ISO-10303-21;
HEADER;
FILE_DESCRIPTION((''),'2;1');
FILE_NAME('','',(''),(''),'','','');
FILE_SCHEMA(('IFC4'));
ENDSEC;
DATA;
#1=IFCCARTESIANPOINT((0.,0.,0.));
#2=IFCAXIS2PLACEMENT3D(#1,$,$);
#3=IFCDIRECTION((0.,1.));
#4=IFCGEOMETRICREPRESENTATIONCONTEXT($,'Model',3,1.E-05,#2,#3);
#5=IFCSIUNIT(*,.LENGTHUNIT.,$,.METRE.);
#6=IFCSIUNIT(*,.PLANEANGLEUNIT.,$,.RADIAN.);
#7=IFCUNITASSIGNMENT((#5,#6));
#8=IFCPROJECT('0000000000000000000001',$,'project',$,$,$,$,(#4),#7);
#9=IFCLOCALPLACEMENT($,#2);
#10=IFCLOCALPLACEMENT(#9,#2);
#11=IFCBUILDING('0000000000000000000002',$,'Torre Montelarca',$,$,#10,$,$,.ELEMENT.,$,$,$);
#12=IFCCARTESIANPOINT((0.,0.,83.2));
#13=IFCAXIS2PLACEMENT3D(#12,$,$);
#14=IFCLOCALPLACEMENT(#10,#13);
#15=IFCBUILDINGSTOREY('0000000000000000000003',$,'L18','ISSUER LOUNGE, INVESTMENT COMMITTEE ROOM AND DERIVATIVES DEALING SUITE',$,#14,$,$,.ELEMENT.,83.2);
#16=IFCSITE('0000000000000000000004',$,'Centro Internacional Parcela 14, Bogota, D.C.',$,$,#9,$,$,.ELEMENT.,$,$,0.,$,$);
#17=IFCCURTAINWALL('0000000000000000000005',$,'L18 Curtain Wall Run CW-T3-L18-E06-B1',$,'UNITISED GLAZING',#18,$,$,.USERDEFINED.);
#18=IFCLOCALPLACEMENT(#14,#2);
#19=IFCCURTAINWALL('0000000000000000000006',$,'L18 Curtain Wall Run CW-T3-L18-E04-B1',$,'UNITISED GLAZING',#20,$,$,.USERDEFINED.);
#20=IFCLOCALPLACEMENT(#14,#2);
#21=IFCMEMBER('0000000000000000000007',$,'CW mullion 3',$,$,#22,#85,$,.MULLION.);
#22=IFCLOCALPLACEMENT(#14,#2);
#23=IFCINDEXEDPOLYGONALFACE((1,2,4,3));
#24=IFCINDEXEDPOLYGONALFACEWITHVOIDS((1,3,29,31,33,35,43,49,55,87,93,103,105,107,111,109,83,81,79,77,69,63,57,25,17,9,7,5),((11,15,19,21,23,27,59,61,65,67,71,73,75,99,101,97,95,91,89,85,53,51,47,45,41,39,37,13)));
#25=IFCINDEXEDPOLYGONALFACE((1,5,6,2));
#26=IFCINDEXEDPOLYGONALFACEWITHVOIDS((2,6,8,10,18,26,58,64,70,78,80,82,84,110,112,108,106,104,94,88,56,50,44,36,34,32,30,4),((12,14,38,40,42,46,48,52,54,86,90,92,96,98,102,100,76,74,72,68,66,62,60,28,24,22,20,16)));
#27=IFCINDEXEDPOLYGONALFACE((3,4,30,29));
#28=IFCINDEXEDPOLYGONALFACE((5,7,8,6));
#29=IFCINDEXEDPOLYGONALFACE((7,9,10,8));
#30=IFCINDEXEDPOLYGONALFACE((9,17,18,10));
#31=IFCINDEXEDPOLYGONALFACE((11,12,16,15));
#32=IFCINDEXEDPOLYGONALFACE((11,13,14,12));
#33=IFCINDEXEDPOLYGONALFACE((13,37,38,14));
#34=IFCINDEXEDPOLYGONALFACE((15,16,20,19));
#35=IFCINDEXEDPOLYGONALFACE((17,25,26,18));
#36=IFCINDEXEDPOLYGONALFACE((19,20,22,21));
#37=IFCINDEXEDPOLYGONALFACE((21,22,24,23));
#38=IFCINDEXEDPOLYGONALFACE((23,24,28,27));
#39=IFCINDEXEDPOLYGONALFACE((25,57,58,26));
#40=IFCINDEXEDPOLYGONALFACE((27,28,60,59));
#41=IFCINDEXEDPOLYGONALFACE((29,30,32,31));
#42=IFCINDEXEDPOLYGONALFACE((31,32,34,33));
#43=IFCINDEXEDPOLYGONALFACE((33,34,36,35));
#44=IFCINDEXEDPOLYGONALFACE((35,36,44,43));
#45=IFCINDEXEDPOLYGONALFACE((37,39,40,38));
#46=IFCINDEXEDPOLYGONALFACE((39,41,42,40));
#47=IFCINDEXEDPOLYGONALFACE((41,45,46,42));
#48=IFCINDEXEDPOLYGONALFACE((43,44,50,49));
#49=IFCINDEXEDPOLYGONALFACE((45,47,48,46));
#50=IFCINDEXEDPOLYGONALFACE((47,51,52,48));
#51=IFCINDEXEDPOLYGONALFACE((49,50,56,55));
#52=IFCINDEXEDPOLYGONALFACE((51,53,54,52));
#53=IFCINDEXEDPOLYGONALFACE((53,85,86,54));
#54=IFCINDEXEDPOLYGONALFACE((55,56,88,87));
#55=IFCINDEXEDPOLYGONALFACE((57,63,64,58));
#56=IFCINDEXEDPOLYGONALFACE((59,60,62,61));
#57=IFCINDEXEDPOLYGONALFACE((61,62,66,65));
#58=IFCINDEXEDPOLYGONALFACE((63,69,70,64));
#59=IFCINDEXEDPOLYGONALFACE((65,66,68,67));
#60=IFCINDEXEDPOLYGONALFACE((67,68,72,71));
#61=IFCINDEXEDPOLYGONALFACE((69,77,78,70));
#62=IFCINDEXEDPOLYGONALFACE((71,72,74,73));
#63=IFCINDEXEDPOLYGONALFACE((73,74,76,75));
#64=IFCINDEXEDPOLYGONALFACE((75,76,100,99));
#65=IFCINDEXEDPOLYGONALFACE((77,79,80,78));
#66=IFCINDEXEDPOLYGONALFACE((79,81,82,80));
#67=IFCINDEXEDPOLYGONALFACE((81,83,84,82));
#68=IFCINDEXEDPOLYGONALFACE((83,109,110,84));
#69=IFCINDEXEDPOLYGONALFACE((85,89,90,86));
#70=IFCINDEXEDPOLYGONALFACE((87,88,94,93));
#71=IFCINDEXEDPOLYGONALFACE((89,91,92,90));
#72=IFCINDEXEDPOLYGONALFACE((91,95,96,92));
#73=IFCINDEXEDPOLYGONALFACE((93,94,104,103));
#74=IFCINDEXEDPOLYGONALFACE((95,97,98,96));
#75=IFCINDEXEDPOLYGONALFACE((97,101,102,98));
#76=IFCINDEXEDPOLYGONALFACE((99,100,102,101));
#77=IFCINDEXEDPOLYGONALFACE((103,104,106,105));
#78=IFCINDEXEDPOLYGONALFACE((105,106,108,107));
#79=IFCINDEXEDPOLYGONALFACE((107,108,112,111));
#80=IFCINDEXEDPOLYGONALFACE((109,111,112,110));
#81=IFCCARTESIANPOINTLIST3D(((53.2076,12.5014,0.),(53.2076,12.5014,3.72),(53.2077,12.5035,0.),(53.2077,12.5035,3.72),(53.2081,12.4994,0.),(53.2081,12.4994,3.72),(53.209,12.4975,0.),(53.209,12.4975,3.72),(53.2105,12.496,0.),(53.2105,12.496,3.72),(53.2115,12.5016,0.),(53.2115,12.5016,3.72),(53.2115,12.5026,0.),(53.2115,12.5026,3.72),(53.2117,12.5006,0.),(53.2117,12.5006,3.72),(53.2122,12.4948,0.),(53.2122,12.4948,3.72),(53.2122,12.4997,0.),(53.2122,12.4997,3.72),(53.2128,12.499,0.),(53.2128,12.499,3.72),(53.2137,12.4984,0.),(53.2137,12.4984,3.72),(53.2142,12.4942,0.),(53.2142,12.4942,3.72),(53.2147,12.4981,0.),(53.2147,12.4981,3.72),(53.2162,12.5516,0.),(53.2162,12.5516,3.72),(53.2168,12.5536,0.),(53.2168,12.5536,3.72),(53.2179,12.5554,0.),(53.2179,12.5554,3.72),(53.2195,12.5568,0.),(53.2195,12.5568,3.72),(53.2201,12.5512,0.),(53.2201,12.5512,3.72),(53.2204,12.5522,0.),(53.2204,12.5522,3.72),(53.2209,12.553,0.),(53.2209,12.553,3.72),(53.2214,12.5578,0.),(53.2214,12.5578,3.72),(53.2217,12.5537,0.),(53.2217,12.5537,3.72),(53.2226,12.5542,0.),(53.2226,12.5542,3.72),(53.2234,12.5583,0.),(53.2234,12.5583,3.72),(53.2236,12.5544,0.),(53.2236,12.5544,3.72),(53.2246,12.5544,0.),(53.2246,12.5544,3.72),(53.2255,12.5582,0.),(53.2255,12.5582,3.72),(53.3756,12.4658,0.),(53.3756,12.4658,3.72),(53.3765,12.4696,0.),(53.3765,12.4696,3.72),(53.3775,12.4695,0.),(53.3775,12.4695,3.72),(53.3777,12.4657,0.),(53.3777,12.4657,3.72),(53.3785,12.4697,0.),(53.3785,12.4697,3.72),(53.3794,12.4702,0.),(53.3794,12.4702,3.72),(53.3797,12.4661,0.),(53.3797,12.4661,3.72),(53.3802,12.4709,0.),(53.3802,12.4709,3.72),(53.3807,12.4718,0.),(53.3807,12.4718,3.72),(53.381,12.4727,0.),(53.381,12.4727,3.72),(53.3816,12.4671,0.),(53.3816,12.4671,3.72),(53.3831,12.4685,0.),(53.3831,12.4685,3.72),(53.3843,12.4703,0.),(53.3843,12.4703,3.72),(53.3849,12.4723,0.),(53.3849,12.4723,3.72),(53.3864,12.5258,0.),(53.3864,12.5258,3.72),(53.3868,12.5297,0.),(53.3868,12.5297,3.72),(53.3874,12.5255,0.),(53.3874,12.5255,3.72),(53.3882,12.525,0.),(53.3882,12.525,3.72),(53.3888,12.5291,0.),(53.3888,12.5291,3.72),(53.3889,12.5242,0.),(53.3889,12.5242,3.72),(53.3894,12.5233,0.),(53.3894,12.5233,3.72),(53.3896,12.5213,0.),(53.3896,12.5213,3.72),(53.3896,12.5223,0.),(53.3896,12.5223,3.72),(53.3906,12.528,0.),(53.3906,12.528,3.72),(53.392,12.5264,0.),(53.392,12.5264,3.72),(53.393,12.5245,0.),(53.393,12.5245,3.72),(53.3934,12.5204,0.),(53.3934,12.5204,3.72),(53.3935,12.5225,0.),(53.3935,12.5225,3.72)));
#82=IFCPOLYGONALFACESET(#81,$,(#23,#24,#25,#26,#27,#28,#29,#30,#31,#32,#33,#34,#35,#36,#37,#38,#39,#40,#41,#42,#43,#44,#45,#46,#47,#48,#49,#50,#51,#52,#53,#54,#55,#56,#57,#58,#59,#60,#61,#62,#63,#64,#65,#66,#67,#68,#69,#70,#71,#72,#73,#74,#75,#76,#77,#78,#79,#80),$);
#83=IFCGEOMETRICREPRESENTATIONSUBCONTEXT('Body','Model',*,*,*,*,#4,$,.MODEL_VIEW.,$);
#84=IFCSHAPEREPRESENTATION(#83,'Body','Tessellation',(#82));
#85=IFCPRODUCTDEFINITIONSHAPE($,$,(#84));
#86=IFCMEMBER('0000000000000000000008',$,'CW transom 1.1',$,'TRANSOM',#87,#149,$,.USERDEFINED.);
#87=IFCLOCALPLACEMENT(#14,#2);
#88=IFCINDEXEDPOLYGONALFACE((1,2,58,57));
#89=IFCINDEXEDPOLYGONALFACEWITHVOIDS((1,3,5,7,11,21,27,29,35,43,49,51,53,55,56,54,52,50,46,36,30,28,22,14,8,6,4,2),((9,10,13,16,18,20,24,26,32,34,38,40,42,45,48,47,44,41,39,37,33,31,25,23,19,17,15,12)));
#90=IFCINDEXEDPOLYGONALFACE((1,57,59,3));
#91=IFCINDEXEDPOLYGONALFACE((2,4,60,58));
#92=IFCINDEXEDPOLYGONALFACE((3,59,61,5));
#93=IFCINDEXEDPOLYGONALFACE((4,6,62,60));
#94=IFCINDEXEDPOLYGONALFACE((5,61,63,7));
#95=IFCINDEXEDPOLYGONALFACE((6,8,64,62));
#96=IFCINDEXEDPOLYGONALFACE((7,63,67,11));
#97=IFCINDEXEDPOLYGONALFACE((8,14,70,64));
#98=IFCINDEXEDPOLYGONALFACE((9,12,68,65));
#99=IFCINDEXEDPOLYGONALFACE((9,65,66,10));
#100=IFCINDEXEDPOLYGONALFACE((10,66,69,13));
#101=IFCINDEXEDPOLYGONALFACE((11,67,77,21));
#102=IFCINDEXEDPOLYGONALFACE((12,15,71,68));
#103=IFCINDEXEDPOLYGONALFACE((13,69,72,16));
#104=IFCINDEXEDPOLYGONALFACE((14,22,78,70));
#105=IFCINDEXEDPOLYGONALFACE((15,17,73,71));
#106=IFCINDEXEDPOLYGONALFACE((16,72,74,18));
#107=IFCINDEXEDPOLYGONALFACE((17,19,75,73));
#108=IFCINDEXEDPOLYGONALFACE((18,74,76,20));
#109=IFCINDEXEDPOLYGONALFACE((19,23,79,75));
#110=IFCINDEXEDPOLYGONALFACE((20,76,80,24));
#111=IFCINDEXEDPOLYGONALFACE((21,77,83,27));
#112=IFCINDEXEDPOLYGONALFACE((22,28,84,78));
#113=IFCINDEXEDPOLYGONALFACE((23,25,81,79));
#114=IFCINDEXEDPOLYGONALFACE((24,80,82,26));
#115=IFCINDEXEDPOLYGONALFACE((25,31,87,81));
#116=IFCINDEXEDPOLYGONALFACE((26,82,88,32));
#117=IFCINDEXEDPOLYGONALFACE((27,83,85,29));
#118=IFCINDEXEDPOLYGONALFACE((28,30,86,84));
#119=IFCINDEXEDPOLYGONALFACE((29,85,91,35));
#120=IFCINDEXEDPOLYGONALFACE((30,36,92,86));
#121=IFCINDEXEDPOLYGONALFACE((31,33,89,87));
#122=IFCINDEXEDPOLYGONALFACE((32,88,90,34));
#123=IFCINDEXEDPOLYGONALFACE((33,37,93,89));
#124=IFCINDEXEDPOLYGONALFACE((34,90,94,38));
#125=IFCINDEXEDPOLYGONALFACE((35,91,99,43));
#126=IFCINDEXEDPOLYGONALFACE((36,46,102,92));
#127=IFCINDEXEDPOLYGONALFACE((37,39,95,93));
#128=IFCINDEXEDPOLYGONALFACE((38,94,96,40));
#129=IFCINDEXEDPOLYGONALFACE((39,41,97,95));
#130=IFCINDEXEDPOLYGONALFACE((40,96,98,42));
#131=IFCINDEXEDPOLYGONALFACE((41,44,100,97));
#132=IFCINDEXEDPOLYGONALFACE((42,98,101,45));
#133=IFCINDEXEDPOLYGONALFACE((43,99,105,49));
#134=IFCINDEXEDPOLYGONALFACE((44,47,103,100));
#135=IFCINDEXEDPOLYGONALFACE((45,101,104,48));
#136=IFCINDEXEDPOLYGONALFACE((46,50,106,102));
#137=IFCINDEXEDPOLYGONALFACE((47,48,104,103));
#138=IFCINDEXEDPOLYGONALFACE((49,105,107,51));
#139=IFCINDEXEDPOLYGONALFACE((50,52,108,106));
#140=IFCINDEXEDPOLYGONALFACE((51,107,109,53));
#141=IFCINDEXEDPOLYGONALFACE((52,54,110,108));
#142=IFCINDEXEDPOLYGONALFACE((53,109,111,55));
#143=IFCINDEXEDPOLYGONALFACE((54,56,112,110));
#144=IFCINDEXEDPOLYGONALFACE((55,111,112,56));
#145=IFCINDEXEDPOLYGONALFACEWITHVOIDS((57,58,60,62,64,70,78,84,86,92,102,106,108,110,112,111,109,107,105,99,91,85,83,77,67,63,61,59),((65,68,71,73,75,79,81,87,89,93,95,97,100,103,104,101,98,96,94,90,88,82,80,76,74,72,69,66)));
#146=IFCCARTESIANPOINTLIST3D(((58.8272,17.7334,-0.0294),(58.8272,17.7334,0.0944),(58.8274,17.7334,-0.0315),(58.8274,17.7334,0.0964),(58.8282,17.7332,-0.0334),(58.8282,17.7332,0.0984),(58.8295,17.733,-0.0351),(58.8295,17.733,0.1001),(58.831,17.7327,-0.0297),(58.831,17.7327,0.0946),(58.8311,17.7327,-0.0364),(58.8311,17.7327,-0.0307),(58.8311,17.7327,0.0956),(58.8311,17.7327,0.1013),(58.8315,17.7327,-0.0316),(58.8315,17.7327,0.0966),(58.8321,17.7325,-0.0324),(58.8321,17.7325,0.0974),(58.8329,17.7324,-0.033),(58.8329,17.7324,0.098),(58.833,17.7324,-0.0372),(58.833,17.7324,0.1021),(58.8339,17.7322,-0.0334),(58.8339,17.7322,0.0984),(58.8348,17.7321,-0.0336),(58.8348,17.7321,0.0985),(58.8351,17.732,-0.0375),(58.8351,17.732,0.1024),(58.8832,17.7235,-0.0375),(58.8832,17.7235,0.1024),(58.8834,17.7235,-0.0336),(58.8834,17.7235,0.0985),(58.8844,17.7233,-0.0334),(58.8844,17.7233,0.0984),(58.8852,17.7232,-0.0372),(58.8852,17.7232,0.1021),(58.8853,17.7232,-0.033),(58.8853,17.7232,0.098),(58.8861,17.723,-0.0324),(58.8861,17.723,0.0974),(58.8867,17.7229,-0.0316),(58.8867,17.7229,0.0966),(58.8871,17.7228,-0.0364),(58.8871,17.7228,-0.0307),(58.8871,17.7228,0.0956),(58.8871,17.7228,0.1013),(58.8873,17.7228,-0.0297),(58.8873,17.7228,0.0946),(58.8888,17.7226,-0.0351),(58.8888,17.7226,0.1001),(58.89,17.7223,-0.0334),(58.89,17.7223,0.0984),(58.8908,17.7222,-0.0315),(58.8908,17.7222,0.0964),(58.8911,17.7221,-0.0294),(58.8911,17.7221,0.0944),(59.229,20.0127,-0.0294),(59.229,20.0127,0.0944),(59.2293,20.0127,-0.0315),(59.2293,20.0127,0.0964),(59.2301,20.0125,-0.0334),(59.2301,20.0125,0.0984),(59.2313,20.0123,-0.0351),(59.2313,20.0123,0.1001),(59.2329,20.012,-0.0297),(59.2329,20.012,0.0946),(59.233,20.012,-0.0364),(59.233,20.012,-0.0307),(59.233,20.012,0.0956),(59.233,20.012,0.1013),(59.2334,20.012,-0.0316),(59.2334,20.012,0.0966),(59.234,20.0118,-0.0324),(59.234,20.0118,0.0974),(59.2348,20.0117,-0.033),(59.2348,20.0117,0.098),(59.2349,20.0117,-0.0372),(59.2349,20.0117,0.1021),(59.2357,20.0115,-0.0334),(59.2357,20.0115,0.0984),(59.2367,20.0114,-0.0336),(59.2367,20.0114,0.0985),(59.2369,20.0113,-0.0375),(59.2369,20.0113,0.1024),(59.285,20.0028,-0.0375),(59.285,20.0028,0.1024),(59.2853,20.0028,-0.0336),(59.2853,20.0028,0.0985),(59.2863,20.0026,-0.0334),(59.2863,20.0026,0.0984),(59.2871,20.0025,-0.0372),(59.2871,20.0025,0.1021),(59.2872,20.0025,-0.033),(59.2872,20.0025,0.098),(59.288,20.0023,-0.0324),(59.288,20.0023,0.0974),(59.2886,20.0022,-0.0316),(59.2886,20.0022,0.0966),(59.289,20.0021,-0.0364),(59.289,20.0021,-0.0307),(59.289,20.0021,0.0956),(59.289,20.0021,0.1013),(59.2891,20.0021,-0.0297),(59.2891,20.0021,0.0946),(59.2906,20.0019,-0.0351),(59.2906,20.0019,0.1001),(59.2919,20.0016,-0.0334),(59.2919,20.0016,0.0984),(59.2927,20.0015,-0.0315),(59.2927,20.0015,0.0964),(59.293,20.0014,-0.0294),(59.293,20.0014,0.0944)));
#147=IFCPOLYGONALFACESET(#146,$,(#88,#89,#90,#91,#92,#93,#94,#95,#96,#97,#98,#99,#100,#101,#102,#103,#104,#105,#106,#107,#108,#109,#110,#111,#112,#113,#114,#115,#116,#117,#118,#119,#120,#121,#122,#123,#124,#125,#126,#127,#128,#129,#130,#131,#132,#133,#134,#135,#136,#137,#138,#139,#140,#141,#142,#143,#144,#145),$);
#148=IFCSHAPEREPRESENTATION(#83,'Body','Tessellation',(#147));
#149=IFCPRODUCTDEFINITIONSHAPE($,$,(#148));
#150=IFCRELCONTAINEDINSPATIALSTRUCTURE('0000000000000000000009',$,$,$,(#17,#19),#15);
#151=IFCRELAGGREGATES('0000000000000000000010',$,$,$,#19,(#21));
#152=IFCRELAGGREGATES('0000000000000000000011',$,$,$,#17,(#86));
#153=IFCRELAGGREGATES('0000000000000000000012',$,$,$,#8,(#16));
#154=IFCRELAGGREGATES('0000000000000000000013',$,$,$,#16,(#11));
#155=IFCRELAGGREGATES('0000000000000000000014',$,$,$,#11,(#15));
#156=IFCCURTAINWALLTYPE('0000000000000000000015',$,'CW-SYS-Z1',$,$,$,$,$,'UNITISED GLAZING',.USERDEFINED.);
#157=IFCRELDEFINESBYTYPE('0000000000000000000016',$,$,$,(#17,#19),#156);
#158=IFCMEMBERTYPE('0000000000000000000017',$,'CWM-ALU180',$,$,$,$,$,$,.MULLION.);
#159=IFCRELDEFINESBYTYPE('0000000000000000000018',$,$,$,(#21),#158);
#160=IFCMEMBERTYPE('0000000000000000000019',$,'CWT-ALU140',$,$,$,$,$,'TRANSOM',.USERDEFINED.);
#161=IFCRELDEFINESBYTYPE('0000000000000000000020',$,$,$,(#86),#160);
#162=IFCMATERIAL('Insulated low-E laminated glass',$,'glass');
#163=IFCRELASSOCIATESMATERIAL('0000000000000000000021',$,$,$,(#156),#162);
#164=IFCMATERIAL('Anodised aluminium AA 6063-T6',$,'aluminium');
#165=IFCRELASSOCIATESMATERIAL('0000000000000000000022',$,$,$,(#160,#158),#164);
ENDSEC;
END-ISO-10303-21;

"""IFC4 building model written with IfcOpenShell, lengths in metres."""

from ifc_helpers import new_model, si_unit, direction, frame, origin, origin_2d, place, context, subcontext, project, spatial, hollow_rectangle, extrude, source, transform, mapped, material, material_profile, profile_set, type_object, element, aggregate, save


model = new_model("IFC4")

# Units and contexts
model_context = context("Model", 3, precision=1e-05, world=origin(), true_north=direction((0.0, 1.0)))
body_context = subcontext(model_context, "Body", "Model", "MODEL_VIEW")
ifc_project = project(units=[si_unit("LENGTHUNIT", "METRE"), si_unit("PLANEANGLEUNIT", "RADIAN")], contexts=[model_context])

# Site, building, storey
site_placement = place(None, origin())
site = spatial("IfcSite", under=ifc_project, at=site_placement, Name="Centro Internacional Parcela 14, Bogota, D.C.", CompositionType="ELEMENT", RefElevation=0.0)
building_placement = place(site_placement, origin())
building = spatial("IfcBuilding", under=site, at=building_placement, Name="Torre Montelarca", CompositionType="ELEMENT")
storey_placement = place(building_placement, frame((0.0, 0.0, 83.2)))
storey = spatial("IfcBuildingStorey", under=building, at=storey_placement, Name="L18", Description="ISSUER LOUNGE, INVESTMENT COMMITTEE ROOM AND DERIVATIVES DEALING SUITE", CompositionType="ELEMENT", Elevation=83.2)

# Curtain wall
ifc_material_1 = material(Name="Insulated low-E laminated glass", Category="glass")
curtain_wall_type = type_object("IfcCurtainWallType", Name="CW-SYS-Z1", ElementType="UNITISED GLAZING", PredefinedType="USERDEFINED", material=ifc_material_1)
curtain_wall_1_placement = place(storey_placement, origin())
curtain_wall_1 = element("IfcCurtainWall", 1, at=curtain_wall_1_placement, inside=storey, type_object=curtain_wall_type, Name="L18 Curtain Wall Run CW-T3-L18-E06-B1", ObjectType="UNITISED GLAZING", PredefinedType="USERDEFINED")
ifc_material_2 = material(Name="Anodised aluminium AA 6063-T6", Category="aluminium")
ifc_material_profile_1 = material_profile(ifc_material_2, hollow_rectangle(XDim=0.0649, YDim=0.1399, WallThickness=0.0039, InnerFilletRadius=0.0039, OuterFilletRadius=0.0081, at=origin_2d()), Name="ALU65X140X4", Category="aluminium")
ifc_profile_set_1 = profile_set([ifc_material_profile_1], Name="Anodised aluminium AA 6063-T6")
member_type_1 = type_object("IfcMemberType", Name="CWT-ALU140", ElementType="TRANSOM", PredefinedType="USERDEFINED", material=ifc_profile_set_1)

# Shared definitions
ifc_material_profile_2 = material_profile(ifc_material_2, hollow_rectangle(XDim=0.0649, YDim=0.1799, WallThickness=0.0039, InnerFilletRadius=0.0039, OuterFilletRadius=0.0081, at=origin_2d()), Name="ALU65X180X4", Category="aluminium")
ifc_profile_set_2 = profile_set([ifc_material_profile_2], Name="Anodised aluminium AA 6063-T6")
member_type_2 = type_object("IfcMemberType", Name="CWM-ALU180", PredefinedType="MULLION", material=ifc_profile_set_2)

# Curtain wall, member
curtain_wall_2_placement = place(storey_placement, origin())
curtain_wall_2 = element("IfcCurtainWall", 2, at=curtain_wall_2_placement, inside=storey, type_object=curtain_wall_type, Name="L18 Curtain Wall Run CW-T3-L18-E04-B1", ObjectType="UNITISED GLAZING", PredefinedType="USERDEFINED")
shared_shape_1 = source(origin(), body_context, "Body", "SweptSolid", [
    extrude(hollow_rectangle(XDim=0.0649, YDim=0.1799, WallThickness=0.0039, InnerFilletRadius=0.0039, OuterFilletRadius=0.0081, at=origin_2d()), origin(), (0.0, 0.0, 1.0), 3.72),
])
member_1_placement = place(storey_placement, frame((53.3005, 12.512, 0.0), z_axis=(0.0, 0.0, 1.0), x_axis=(0.173643, 0.984809, 0.0)))
member_1 = element("IfcMember", 3, at=member_1_placement, type_object=member_type_2, Name="CW mullion 3", PredefinedType="MULLION", context=body_context, shape_type="MappedRepresentation", body=[
    mapped(shared_shape_1, transform((0.0, 0.0, 0.0), scale=1.0)),
])

# Member
shared_shape_2 = source(origin(), body_context, "Body", "SweptSolid", [
    extrude(hollow_rectangle(XDim=0.0649, YDim=0.1399, WallThickness=0.0039, InnerFilletRadius=0.0039, OuterFilletRadius=0.0081, at=origin_2d()), origin(), (0.0, 0.0, 1.0), 2.3145),
])
member_2_placement = place(storey_placement, frame((58.8591, 17.7278, 0.0325), z_axis=(0.173629, 0.984811, 0.0), x_axis=(-0.984811, 0.173629, 0.0)))
member_2 = element("IfcMember", 4, at=member_2_placement, type_object=member_type_1, Name="CW transom 1.1", ObjectType="TRANSOM", PredefinedType="USERDEFINED", context=body_context, shape_type="MappedRepresentation", body=[
    mapped(shared_shape_2, transform((0.0, 0.0, 0.0), scale=1.0)),
])

aggregate(curtain_wall_2, [member_1])
aggregate(curtain_wall_1, [member_2])

save(model, "model.ifc")
